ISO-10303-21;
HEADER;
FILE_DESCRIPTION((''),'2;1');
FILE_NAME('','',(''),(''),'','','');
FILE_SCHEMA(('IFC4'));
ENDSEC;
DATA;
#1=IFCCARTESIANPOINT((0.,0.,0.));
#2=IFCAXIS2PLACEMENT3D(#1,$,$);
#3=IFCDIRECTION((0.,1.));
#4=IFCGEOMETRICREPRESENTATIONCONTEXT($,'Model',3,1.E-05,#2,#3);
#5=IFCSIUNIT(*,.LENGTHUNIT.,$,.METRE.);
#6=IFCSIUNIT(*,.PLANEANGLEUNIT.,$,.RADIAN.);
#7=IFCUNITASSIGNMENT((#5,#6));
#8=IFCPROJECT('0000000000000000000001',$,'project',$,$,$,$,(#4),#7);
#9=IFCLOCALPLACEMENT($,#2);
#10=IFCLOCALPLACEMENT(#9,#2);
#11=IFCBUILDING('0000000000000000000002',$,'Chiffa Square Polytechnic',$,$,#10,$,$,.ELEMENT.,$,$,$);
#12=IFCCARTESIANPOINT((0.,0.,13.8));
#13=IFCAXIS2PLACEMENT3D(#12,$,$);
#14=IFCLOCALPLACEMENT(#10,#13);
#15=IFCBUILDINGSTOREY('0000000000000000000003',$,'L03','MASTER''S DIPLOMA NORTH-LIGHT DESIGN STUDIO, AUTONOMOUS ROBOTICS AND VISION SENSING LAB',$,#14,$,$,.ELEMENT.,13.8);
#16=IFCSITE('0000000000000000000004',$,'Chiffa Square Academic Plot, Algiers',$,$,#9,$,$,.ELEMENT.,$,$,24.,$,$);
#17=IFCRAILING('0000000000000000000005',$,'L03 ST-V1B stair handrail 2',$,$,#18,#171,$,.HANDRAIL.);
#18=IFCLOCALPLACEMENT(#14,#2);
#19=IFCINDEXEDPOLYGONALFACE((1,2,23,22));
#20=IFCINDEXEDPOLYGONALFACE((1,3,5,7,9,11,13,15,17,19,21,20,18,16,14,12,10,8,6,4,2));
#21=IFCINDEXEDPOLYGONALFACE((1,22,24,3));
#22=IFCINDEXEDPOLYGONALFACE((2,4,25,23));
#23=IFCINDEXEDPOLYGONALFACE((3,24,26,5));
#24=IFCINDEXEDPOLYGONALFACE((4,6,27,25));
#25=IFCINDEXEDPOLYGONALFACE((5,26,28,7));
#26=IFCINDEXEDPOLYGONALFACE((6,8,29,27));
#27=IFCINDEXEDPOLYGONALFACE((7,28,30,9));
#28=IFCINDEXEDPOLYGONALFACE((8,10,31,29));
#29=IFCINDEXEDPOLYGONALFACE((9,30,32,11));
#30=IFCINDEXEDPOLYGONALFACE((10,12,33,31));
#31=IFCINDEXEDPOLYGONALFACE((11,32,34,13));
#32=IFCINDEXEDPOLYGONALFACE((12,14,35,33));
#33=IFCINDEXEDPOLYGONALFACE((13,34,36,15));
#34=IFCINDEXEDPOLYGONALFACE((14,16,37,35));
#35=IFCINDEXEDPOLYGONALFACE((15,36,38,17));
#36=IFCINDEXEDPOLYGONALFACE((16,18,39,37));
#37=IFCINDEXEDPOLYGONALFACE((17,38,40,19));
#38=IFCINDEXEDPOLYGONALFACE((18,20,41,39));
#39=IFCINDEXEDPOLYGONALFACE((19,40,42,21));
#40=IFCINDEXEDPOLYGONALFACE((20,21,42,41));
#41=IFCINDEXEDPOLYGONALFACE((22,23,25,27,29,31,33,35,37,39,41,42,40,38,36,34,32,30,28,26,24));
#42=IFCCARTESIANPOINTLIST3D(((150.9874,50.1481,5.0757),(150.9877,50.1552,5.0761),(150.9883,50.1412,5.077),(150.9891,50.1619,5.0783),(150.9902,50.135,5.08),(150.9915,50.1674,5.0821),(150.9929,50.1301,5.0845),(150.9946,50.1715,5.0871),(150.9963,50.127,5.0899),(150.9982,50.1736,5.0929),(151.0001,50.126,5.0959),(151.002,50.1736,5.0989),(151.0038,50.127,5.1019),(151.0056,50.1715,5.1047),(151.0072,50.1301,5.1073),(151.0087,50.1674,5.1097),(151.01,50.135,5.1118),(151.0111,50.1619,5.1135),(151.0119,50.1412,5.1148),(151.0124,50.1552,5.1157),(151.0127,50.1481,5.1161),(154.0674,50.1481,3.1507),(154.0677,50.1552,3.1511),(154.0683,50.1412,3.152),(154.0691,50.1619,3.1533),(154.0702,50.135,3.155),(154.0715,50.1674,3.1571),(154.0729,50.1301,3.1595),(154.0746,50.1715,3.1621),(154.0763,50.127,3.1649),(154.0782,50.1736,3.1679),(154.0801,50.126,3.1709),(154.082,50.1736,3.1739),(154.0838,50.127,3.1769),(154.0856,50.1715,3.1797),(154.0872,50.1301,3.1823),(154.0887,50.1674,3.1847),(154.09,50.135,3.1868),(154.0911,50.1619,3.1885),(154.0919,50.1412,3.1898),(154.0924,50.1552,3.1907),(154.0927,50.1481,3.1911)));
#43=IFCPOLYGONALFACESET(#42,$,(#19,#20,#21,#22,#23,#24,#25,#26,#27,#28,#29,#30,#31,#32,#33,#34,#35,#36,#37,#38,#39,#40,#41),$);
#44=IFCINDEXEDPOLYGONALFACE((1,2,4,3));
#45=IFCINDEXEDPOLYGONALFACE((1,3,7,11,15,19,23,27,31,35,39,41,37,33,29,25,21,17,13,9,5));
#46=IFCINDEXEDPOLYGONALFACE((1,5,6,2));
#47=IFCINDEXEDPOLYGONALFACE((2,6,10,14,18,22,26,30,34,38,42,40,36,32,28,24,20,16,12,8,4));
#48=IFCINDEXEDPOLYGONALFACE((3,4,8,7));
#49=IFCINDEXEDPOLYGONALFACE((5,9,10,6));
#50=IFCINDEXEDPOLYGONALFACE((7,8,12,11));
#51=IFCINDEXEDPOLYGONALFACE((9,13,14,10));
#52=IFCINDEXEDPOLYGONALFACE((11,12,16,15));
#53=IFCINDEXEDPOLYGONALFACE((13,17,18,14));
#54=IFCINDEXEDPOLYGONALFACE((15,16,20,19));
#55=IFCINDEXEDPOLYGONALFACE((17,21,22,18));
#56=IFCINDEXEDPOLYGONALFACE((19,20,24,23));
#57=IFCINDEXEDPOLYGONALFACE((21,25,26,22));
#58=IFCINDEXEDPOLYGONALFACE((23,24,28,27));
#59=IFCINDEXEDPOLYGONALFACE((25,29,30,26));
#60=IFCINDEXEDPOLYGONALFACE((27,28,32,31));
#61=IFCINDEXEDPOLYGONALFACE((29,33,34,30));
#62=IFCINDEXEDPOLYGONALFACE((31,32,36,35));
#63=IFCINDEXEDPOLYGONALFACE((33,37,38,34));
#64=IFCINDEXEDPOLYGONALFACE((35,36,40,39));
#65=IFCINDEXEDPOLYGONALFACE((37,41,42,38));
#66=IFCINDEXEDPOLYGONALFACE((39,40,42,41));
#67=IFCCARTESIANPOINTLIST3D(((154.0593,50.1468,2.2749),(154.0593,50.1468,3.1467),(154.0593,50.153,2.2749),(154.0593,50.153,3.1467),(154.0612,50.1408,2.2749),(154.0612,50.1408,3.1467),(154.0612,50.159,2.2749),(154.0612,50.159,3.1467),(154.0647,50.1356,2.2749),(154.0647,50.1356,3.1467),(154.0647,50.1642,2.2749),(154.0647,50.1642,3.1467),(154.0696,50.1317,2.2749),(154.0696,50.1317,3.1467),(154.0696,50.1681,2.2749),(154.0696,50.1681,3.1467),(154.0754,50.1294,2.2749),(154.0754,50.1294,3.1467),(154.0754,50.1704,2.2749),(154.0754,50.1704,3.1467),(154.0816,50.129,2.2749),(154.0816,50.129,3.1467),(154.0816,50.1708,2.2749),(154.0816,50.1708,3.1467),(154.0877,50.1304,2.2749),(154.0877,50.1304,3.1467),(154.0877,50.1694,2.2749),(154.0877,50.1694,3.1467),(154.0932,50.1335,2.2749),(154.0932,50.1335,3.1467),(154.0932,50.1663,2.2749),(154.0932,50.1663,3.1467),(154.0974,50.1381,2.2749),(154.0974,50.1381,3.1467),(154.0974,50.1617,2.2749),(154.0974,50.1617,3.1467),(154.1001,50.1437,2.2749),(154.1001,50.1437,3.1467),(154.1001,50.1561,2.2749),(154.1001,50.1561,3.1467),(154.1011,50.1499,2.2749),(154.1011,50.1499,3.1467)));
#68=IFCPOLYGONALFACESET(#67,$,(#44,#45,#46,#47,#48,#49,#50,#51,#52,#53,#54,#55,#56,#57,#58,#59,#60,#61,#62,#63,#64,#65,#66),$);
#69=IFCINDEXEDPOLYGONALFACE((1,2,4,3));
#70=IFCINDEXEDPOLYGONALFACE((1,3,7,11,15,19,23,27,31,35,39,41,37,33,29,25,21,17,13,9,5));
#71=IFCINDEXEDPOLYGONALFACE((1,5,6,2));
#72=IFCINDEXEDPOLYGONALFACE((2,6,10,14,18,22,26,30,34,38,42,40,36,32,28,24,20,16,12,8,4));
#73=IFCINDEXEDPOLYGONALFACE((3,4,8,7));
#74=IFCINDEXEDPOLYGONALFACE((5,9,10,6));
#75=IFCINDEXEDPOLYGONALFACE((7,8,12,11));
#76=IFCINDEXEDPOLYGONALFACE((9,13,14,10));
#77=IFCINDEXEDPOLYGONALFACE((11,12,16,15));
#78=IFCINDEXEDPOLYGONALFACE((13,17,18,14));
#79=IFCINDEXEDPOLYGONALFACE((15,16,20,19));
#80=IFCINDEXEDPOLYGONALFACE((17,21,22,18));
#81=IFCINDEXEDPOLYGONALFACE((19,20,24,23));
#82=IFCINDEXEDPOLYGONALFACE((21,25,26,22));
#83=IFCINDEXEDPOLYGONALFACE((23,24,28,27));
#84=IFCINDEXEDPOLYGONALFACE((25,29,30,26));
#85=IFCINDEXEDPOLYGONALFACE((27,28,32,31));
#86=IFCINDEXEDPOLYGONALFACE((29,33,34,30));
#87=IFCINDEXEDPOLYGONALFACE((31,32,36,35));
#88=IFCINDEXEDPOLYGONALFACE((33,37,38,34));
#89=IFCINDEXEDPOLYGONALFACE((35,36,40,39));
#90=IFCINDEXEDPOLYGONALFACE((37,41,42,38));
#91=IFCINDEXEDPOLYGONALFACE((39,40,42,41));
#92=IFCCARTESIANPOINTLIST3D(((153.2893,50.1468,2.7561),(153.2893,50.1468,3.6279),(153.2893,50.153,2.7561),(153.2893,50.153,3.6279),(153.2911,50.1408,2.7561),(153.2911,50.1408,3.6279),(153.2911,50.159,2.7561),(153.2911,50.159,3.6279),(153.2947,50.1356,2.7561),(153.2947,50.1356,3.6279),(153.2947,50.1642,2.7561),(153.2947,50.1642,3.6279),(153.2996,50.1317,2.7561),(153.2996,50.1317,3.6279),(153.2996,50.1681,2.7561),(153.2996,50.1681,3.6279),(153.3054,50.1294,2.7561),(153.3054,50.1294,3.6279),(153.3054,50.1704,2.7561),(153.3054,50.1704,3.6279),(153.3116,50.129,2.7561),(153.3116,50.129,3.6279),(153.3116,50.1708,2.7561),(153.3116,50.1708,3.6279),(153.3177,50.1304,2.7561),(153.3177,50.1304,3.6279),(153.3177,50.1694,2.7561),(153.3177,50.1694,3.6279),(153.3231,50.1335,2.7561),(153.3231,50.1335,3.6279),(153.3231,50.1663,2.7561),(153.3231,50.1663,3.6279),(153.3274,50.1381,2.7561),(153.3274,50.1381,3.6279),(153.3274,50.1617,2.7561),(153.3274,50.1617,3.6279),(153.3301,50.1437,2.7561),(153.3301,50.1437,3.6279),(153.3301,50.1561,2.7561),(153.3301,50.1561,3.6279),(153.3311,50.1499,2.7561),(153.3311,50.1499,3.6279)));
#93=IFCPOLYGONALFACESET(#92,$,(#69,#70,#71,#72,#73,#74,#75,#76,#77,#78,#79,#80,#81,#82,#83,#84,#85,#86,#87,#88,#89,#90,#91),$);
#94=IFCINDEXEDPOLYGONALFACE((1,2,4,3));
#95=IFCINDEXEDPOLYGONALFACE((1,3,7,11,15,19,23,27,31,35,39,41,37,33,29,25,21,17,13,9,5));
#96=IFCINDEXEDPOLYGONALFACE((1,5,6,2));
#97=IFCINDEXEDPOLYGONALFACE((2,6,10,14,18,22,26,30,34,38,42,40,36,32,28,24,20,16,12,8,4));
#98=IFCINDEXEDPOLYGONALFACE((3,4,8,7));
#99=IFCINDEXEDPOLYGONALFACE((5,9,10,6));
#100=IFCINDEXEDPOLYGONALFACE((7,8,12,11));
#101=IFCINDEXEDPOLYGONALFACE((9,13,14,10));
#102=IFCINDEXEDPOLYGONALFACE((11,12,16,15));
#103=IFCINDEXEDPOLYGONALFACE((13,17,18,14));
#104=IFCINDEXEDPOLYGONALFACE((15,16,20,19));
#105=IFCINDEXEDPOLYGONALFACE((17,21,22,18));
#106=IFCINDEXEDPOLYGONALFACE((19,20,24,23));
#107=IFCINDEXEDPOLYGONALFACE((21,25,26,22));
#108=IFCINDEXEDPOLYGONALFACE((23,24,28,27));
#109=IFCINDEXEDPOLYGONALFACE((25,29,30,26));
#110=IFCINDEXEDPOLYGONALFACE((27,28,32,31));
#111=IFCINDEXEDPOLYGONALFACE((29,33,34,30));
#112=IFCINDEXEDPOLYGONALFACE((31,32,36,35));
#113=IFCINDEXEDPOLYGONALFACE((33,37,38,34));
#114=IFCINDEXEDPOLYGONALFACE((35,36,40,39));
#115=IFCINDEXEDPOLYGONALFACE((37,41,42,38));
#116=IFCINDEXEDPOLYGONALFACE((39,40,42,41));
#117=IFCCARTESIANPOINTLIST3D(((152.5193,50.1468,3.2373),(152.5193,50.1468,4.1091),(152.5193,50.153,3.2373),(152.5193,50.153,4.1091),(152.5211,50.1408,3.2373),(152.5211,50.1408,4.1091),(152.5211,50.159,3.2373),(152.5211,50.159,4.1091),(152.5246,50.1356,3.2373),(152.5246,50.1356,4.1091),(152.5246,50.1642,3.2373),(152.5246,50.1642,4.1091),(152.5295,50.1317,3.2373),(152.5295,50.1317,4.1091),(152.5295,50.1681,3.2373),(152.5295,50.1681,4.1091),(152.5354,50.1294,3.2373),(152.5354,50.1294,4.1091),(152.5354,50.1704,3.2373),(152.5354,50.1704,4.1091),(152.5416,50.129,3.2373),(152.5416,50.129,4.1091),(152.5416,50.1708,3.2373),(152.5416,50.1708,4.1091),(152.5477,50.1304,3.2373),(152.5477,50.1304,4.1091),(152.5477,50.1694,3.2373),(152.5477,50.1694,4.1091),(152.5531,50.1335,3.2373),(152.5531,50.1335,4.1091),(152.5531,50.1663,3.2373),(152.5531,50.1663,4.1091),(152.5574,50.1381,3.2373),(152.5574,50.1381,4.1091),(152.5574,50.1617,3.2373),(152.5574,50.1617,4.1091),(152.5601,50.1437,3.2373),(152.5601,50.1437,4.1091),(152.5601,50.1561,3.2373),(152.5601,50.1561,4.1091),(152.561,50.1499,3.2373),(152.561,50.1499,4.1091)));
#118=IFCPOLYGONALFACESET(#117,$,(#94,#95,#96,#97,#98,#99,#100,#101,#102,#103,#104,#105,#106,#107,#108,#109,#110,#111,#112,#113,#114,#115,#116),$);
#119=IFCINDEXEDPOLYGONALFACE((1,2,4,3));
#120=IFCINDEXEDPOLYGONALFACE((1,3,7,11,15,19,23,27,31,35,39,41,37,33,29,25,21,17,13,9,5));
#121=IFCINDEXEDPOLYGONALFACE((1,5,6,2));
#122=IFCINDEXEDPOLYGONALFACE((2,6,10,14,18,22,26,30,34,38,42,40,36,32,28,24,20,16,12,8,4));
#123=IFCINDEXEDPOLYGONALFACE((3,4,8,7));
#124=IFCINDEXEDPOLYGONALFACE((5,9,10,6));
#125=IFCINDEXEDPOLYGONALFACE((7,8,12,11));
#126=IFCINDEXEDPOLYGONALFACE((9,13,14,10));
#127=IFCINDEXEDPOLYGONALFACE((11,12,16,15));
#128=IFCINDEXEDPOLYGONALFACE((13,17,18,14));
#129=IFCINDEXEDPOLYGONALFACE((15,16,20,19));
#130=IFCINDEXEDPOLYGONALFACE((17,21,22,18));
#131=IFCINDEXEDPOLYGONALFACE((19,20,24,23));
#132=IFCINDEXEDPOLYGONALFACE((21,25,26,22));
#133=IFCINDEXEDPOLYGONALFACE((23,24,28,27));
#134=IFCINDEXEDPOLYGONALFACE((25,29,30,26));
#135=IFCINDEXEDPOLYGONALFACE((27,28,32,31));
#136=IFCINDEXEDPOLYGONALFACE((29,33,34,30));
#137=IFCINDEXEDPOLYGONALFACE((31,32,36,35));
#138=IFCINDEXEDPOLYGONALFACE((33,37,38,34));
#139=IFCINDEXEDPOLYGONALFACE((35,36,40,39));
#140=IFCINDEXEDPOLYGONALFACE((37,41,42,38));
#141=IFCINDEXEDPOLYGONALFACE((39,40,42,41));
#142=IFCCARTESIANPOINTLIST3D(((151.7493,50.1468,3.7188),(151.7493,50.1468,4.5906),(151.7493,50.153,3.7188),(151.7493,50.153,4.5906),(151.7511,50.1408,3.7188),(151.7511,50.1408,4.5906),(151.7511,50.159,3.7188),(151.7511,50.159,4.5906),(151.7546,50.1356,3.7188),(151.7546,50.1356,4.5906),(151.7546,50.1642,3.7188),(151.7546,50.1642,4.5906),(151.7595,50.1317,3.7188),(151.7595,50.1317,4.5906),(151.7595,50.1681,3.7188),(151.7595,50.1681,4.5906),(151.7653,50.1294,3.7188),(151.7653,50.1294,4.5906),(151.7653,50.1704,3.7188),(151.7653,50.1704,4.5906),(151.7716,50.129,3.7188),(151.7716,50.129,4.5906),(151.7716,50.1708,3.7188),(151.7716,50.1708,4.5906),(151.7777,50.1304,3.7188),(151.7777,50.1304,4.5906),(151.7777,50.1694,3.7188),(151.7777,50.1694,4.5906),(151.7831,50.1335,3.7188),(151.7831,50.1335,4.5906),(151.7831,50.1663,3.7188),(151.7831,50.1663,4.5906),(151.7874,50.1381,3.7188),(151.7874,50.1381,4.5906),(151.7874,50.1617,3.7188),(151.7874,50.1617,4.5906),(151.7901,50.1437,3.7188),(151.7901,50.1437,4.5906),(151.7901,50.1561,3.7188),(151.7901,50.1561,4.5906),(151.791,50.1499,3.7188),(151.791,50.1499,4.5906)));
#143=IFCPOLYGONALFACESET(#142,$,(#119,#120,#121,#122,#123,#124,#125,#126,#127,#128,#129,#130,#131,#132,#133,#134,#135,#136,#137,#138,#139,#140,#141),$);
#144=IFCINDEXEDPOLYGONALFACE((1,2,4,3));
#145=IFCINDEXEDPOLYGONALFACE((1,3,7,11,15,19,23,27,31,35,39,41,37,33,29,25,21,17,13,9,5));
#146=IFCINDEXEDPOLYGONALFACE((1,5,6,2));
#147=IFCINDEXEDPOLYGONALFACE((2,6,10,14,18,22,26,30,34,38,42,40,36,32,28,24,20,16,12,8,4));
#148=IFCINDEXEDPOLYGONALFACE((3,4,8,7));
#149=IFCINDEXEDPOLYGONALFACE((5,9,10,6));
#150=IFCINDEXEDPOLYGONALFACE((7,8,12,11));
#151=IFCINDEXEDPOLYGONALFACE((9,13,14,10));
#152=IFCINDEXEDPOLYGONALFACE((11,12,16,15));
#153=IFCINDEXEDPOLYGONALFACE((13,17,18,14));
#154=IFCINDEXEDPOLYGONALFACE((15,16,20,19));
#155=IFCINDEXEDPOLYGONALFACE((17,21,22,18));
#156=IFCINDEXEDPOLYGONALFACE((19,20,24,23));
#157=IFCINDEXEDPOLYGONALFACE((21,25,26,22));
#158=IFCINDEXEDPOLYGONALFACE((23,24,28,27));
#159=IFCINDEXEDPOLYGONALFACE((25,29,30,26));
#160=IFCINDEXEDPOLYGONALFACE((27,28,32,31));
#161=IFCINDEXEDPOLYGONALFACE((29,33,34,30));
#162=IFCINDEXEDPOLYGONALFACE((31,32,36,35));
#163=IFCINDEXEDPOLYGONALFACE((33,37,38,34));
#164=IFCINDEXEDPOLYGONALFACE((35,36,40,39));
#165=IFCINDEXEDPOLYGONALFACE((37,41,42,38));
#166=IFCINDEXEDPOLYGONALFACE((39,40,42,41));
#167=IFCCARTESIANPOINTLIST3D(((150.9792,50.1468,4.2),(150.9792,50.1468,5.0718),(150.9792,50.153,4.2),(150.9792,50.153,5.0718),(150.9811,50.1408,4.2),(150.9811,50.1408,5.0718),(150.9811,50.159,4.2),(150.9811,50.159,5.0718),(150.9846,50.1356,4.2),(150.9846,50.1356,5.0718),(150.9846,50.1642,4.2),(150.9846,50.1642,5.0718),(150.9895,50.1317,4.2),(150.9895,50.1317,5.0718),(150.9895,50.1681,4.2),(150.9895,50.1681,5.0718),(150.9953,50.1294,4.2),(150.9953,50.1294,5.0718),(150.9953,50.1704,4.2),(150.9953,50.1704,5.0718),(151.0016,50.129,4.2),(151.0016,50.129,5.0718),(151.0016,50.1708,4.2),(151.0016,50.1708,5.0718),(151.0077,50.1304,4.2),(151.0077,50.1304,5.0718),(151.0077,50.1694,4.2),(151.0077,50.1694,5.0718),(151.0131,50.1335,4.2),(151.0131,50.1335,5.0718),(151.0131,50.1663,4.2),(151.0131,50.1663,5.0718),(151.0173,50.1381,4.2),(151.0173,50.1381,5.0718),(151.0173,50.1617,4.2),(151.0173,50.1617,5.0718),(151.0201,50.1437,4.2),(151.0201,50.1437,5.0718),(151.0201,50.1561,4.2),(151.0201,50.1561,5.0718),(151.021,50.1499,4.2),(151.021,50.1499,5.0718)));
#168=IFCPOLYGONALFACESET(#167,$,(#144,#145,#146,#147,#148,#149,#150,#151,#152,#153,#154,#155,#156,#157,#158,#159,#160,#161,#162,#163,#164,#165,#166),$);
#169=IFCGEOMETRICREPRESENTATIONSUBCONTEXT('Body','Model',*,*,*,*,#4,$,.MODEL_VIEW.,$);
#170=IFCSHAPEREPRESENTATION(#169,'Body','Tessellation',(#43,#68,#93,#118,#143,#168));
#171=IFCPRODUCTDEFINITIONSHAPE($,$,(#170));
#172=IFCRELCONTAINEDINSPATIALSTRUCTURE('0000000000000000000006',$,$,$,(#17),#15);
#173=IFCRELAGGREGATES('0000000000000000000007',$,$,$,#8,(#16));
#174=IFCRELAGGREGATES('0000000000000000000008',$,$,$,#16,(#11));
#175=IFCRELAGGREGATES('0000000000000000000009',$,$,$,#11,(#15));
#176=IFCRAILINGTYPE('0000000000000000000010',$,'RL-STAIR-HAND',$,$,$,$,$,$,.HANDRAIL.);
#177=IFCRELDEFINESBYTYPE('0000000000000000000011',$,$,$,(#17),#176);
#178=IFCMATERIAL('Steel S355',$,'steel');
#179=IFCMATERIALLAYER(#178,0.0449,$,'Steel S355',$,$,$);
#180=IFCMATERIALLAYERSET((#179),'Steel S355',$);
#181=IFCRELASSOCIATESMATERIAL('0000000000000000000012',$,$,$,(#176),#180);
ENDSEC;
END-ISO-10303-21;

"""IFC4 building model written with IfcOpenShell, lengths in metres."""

from ifc_helpers import new_model, si_unit, direction, frame, origin, origin_2d, place, context, subcontext, project, spatial, circle, extrude, material, layer, layer_set, type_object, element, save


model = new_model("IFC4")

# Units and contexts
model_context = context("Model", 3, precision=1e-05, world=origin(), true_north=direction((0.0, 1.0)))
body_context = subcontext(model_context, "Body", "Model", "MODEL_VIEW")
ifc_project = project(units=[si_unit("LENGTHUNIT", "METRE"), si_unit("PLANEANGLEUNIT", "RADIAN")], contexts=[model_context])

# Site, building, storey
site_placement = place(None, origin())
site = spatial("IfcSite", under=ifc_project, at=site_placement, Name="Chiffa Square Academic Plot, Algiers", CompositionType="ELEMENT", RefElevation=24.0)
building_placement = place(site_placement, origin())
building = spatial("IfcBuilding", under=site, at=building_placement, Name="Chiffa Square Polytechnic", CompositionType="ELEMENT")
storey_placement = place(building_placement, frame((0.0, 0.0, 13.8)))
storey = spatial("IfcBuildingStorey", under=building, at=storey_placement, Name="L03", Description="MASTER'S DIPLOMA NORTH-LIGHT DESIGN STUDIO, AUTONOMOUS ROBOTICS AND VISION SENSING LAB", CompositionType="ELEMENT", Elevation=13.8)

# Railing
ifc_material_1 = material(Name="Steel S355", Category="steel")
ifc_layer_1 = layer(ifc_material_1, 0.0449, Name="Steel S355")
ifc_layer_set_1 = layer_set([ifc_layer_1], Name="Steel S355")
railing_type_1 = type_object("IfcRailingType", Name="RL-STAIR-HAND", PredefinedType="HANDRAIL", material=ifc_layer_set_1)
railing_1_placement = place(storey_placement, frame((154.0801, 50.1499, 2.2749)))
element("IfcRailing", 1, at=railing_1_placement, inside=storey, type_object=railing_type_1, Name="L03 ST-V1B stair handrail 2", PredefinedType="HANDRAIL", context=body_context, shape_type="SweptSolid", body=[
    extrude(circle(Radius=0.0239, at=origin_2d()), frame((0.0, 0.0, 0.896), z_axis=(-0.847998, 0.0, 0.529999), x_axis=(0.0, -1.0, 0.0)), (0.0, 0.0, 1.0), 3.6321),
    extrude(circle(Radius=0.021, at=origin_2d()), origin(), (0.0, 0.0, 1.0), 0.8718),
    extrude(circle(Radius=0.021, at=origin_2d()), frame((-0.77, 0.0, 0.4812)), (0.0, 0.0, 1.0), 0.8718),
    extrude(circle(Radius=0.021, at=origin_2d()), frame((-1.54, 0.0, 0.9624)), (0.0, 0.0, 1.0), 0.8718),
    extrude(circle(Radius=0.021, at=origin_2d()), frame((-2.3101, 0.0, 1.4438)), (0.0, 0.0, 1.0), 0.8718),
    extrude(circle(Radius=0.021, at=origin_2d()), frame((-3.0801, 0.0, 1.925)), (0.0, 0.0, 1.0), 0.8718),
])

save(model, "model.ifc")
